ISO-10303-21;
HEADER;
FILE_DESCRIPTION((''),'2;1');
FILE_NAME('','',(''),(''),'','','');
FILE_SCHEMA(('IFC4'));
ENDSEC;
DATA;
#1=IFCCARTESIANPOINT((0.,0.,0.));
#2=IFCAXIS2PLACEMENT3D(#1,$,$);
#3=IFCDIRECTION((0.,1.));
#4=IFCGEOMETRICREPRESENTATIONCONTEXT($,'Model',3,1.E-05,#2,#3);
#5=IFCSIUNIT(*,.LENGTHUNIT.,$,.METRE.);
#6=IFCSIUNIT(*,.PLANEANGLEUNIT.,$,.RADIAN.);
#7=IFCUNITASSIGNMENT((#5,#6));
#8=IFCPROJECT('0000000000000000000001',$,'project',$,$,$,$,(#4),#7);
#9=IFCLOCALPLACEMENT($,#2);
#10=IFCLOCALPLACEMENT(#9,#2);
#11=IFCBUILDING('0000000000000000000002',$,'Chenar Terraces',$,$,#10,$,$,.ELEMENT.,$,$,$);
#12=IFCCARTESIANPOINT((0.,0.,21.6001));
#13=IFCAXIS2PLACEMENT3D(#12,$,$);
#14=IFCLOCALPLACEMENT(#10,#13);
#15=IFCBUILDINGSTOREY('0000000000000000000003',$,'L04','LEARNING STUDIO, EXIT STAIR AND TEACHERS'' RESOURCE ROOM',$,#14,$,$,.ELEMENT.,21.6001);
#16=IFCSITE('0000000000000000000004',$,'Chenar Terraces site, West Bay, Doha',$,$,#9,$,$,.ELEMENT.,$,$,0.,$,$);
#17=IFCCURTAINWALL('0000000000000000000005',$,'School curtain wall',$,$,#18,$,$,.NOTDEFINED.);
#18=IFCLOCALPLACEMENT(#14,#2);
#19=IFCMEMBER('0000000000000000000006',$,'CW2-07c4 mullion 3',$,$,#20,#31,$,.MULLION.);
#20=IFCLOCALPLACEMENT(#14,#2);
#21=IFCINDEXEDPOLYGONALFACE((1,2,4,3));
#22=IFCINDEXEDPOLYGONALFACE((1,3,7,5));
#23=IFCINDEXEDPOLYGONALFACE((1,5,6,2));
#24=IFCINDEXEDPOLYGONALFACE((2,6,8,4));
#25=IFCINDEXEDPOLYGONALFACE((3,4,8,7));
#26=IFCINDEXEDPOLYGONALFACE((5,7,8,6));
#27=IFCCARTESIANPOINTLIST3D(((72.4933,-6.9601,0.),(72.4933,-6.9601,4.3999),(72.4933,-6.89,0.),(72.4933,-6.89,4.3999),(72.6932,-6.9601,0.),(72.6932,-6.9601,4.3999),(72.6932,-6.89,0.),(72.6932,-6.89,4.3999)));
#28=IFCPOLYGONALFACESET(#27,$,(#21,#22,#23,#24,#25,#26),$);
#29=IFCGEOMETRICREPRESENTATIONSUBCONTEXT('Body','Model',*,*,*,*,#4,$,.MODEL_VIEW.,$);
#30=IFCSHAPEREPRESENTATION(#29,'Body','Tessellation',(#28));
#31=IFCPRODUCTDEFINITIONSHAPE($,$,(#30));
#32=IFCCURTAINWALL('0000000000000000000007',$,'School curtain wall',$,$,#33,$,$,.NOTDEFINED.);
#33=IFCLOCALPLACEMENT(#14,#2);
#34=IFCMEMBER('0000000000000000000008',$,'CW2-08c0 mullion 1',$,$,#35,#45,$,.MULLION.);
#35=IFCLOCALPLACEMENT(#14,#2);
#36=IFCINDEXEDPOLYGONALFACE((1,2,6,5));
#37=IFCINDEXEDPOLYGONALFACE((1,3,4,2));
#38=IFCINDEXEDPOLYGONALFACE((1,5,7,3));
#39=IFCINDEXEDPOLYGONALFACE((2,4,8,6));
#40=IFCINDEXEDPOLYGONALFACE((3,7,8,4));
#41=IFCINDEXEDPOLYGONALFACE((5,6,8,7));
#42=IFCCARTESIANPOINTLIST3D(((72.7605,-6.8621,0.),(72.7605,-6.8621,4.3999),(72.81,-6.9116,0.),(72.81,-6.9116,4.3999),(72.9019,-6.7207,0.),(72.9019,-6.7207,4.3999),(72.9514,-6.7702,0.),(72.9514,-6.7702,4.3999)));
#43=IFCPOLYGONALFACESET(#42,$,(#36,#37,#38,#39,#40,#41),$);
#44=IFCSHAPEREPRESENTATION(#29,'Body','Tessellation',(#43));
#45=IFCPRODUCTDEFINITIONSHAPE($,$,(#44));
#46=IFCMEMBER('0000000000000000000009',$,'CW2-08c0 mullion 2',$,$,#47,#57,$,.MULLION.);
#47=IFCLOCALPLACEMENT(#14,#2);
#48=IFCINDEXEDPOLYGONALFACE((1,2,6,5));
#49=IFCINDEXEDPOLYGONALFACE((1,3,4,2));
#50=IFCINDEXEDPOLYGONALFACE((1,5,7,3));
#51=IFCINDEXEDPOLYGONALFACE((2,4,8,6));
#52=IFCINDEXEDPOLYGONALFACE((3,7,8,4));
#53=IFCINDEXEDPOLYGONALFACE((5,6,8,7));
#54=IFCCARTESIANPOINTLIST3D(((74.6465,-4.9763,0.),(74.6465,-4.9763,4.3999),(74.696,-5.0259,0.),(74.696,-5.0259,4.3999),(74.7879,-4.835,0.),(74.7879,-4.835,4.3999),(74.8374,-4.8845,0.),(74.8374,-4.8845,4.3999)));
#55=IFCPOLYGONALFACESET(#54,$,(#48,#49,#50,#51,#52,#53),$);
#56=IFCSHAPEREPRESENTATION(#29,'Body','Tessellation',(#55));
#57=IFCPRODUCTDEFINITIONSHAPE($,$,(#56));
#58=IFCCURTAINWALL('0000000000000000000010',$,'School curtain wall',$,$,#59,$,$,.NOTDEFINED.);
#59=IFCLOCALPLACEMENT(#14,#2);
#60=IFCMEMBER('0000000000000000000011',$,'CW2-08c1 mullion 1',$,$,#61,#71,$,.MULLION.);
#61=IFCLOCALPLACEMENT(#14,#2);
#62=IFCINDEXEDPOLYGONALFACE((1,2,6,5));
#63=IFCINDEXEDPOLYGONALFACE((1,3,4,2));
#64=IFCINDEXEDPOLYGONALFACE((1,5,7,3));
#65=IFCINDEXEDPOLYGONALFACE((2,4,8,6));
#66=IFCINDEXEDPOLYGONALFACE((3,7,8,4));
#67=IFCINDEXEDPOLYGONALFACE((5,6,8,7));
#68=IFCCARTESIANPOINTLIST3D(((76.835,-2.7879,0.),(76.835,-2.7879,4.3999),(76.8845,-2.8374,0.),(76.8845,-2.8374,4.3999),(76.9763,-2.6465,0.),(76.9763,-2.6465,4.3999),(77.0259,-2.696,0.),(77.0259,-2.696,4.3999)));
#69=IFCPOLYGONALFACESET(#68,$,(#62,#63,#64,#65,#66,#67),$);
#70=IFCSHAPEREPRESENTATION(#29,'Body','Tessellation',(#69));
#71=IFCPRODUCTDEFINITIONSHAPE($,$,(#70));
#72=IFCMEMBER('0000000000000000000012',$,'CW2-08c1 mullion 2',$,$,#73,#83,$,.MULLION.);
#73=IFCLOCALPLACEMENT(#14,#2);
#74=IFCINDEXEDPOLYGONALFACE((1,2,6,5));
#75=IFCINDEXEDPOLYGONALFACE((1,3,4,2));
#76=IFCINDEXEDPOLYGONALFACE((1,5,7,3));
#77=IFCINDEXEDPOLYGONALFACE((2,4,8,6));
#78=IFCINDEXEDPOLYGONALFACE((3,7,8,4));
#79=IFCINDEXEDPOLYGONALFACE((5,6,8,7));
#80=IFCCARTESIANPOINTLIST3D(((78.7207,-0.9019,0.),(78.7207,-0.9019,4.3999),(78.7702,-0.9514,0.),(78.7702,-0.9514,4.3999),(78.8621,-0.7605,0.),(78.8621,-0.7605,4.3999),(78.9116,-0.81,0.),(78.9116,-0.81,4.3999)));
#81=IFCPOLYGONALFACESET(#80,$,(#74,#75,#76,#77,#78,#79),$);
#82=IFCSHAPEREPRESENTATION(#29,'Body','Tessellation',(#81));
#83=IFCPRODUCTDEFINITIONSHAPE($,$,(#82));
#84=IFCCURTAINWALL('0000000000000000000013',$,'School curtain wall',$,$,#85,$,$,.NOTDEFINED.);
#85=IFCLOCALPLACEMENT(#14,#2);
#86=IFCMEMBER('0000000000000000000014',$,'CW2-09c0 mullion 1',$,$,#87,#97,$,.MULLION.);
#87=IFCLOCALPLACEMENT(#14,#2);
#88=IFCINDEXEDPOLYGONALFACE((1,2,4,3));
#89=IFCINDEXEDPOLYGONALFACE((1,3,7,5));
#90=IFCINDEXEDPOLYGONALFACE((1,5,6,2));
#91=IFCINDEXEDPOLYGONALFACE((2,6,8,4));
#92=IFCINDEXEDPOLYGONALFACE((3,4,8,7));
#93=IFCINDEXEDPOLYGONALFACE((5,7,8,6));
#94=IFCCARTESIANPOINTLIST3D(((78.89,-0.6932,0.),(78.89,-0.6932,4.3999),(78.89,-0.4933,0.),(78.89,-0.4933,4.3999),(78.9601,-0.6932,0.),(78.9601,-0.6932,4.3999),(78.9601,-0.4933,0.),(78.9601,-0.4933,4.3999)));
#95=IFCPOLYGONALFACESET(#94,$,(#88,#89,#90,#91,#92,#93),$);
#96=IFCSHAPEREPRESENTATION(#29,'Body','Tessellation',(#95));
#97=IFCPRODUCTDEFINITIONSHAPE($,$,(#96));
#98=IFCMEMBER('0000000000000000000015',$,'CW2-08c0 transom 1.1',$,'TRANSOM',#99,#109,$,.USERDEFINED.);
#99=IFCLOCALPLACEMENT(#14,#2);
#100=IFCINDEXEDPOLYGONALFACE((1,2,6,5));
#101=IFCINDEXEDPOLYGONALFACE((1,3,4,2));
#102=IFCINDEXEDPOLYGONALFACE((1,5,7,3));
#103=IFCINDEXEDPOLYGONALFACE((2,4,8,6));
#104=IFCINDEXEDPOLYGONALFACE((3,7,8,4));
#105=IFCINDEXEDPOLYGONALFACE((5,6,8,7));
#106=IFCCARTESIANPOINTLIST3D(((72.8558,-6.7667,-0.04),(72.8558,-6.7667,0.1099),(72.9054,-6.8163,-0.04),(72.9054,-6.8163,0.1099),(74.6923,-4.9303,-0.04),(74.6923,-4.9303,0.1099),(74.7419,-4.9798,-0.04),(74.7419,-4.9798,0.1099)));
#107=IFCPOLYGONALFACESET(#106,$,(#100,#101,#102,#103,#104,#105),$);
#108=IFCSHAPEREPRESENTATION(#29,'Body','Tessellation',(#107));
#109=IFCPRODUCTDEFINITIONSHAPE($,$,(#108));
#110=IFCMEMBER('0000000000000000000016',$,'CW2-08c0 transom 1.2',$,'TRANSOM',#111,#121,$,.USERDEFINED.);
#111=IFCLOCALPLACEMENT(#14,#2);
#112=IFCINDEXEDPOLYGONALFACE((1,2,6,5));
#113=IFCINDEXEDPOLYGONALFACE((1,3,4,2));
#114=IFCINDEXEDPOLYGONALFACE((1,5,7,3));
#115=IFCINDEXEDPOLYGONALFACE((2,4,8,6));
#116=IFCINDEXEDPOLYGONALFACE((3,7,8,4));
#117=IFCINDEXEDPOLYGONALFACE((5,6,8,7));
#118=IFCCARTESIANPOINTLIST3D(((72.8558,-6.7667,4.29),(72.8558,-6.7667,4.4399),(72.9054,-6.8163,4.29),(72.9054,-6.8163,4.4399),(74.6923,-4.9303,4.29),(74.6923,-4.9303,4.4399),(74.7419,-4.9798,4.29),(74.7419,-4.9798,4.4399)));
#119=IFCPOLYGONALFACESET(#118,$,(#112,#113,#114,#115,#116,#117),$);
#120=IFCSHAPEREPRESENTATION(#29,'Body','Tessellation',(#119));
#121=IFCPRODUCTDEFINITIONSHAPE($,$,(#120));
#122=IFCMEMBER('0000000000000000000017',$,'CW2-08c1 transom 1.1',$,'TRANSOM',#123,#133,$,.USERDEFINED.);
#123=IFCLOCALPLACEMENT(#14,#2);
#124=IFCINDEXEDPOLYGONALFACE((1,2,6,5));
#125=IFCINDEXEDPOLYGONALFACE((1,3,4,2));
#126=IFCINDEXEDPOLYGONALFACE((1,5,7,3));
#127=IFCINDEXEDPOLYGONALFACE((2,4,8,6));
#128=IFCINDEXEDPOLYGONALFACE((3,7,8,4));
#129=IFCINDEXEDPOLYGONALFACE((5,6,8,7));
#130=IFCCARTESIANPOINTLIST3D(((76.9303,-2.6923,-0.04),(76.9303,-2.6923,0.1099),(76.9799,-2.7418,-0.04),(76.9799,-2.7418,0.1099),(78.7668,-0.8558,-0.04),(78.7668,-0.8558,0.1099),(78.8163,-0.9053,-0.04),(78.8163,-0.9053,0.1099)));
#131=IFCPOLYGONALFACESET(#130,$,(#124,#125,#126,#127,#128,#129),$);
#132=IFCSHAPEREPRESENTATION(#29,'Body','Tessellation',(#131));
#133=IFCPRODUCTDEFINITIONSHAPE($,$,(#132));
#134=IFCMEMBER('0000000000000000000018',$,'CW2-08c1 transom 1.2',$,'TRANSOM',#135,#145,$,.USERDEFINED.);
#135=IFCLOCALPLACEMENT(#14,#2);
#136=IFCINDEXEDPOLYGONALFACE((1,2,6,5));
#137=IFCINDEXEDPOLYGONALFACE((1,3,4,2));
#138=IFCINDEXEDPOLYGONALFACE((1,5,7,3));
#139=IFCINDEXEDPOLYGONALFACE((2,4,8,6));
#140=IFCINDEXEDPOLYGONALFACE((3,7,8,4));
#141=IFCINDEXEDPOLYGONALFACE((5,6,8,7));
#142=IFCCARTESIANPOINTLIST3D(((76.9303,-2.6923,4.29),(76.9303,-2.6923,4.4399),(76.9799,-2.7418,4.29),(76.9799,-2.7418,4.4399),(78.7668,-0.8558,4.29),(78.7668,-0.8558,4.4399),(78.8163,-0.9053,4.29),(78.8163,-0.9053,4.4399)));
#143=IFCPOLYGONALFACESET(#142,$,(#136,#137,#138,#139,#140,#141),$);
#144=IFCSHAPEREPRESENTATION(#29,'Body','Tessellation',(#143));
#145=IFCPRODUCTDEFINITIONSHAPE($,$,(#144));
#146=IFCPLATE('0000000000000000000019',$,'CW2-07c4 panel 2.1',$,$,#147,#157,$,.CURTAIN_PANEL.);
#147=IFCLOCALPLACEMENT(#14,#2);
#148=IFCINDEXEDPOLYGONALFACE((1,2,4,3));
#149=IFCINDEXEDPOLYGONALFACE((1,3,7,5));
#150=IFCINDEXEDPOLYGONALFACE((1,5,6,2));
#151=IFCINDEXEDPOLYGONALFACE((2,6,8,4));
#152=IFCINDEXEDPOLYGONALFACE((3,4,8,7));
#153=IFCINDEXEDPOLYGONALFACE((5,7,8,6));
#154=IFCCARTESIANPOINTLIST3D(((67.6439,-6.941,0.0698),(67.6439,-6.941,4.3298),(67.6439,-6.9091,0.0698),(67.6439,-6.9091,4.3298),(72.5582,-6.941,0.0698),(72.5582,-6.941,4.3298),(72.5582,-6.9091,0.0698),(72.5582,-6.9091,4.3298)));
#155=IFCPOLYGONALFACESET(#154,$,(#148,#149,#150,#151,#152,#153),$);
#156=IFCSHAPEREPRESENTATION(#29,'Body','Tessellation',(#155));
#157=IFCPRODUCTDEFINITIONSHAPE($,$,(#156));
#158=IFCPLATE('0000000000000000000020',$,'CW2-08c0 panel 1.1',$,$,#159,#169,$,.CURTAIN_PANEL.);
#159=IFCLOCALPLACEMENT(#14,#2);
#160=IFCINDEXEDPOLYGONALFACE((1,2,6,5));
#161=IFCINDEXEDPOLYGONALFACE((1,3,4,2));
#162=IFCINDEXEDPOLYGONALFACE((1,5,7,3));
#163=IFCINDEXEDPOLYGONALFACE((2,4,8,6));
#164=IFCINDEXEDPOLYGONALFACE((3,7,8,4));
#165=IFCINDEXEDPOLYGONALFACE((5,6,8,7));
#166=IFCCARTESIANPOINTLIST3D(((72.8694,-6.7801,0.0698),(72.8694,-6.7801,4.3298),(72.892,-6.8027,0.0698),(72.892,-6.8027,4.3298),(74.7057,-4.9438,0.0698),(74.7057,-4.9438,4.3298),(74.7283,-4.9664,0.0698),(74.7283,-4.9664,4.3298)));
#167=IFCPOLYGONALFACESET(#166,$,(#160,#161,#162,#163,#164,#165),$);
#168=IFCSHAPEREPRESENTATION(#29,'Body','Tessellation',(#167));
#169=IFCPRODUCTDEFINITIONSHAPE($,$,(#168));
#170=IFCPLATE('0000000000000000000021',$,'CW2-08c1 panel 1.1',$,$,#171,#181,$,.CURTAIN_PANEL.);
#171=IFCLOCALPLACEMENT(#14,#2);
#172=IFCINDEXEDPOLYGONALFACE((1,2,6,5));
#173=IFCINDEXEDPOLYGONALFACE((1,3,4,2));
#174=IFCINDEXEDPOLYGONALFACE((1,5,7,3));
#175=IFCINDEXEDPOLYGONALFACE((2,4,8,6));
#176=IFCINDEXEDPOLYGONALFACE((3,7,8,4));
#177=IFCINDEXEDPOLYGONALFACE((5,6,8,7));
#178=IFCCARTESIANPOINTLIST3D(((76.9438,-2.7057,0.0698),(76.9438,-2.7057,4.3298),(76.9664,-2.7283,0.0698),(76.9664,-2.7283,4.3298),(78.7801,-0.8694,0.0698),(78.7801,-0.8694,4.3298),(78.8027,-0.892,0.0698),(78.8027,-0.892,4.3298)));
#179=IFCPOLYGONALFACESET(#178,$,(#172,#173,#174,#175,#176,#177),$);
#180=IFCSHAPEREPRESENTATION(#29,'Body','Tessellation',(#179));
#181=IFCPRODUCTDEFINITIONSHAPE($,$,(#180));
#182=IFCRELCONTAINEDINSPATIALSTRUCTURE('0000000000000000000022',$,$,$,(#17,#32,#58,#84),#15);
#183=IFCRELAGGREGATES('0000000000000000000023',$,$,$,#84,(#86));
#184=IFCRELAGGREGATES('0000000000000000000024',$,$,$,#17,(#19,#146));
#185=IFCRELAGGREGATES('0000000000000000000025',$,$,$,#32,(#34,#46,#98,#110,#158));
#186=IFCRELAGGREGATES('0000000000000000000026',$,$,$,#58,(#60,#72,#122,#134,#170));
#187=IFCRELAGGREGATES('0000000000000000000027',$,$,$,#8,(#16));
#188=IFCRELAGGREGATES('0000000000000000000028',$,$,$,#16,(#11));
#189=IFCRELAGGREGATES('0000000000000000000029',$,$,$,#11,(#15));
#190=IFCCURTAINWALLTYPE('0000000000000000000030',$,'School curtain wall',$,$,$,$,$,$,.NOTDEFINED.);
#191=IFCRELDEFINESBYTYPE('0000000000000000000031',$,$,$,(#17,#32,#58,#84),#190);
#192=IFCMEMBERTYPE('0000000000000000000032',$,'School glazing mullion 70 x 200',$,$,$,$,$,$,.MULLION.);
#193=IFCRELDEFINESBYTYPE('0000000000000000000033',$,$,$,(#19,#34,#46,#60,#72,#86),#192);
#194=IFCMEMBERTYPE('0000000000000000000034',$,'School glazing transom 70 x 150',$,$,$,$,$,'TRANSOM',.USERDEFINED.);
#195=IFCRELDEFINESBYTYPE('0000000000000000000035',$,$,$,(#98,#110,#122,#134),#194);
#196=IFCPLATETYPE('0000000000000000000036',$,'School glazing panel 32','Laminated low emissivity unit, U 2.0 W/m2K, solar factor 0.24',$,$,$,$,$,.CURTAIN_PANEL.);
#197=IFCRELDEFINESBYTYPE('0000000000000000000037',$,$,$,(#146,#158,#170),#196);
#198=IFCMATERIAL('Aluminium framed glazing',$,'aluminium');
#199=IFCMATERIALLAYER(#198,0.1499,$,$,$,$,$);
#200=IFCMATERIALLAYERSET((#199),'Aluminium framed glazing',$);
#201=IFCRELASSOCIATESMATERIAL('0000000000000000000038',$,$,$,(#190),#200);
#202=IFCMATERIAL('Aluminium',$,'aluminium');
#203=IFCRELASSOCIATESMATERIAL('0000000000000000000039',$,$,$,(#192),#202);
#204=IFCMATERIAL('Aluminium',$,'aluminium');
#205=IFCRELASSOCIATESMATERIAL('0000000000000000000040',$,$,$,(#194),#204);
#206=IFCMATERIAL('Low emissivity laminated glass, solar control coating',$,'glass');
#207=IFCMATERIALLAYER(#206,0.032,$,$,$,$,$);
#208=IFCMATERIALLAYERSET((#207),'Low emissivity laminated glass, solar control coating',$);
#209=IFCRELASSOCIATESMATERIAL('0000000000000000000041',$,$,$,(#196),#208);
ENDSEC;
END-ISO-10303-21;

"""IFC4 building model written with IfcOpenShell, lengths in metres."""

from ifc_helpers import new_model, si_unit, direction, frame, origin, origin_2d, place, context, subcontext, project, spatial, rectangle, extrude, material, layer, layer_set, material_profile, profile_set, type_object, element, aggregate, save


model = new_model("IFC4")

# Units and contexts
model_context = context("Model", 3, precision=1e-05, world=origin(), true_north=direction((0.0, 1.0)))
body_context = subcontext(model_context, "Body", "Model", "MODEL_VIEW")
ifc_project = project(units=[si_unit("LENGTHUNIT", "METRE"), si_unit("PLANEANGLEUNIT", "RADIAN")], contexts=[model_context])

# Site, building, storey
site_placement = place(None, origin())
site = spatial("IfcSite", under=ifc_project, at=site_placement, Name="Chenar Terraces site, West Bay, Doha", CompositionType="ELEMENT", RefElevation=0.0)
building_placement = place(site_placement, origin())
building = spatial("IfcBuilding", under=site, at=building_placement, Name="Chenar Terraces", CompositionType="ELEMENT")
storey_placement = place(building_placement, frame((0.0, 0.0, 21.6001)))
storey = spatial("IfcBuildingStorey", under=building, at=storey_placement, Name="L04", Description="LEARNING STUDIO, EXIT STAIR AND TEACHERS' RESOURCE ROOM", CompositionType="ELEMENT", Elevation=21.6001)

# Curtain wall, member
ifc_material_1 = material(Name="Aluminium framed glazing", Category="aluminium")
ifc_layer_1 = layer(ifc_material_1, 0.1499)
ifc_layer_set_1 = layer_set([ifc_layer_1], Name="Aluminium framed glazing")
curtain_wall_type = type_object("IfcCurtainWallType", Name="School curtain wall", PredefinedType="NOTDEFINED", material=ifc_layer_set_1)
placement = place(storey_placement, origin())
curtain_wall_1 = element("IfcCurtainWall", 1, at=placement, inside=storey, type_object=curtain_wall_type, Name="School curtain wall", PredefinedType="NOTDEFINED")
ifc_material_2 = material(Name="Aluminium", Category="aluminium")
ifc_material_profile_1 = material_profile(ifc_material_2, rectangle(XDim=0.0701, YDim=0.2, at=origin_2d()), Name="School glazing mullion 70 x 200")
ifc_profile_set_1 = profile_set([ifc_material_profile_1], Name="Aluminium")
member_type_1 = type_object("IfcMemberType", Name="School glazing mullion 70 x 200", PredefinedType="MULLION", material=ifc_profile_set_1)
member_1_placement = place(storey_placement, frame((72.5933, -6.925, 0.0), z_axis=(0.0, 0.0, 1.0), x_axis=(0.0, 1.0, 0.0)))
member_1 = element("IfcMember", 2, at=member_1_placement, type_object=member_type_1, Name="CW2-07c4 mullion 3", PredefinedType="MULLION", context=body_context, shape_type="SweptSolid", body=[
    extrude(rectangle(XDim=0.0701, YDim=0.2, at=origin_2d()), origin(), (0.0, 0.0, 1.0), 4.3999),
])

# Curtain walls, members
curtain_wall_2 = element("IfcCurtainWall", 3, at=placement, inside=storey, type_object=curtain_wall_type, Name="School curtain wall", PredefinedType="NOTDEFINED")
member_2_placement = place(storey_placement, frame((72.856, -6.8162, 0.0), z_axis=(0.0, 0.0, 1.0), x_axis=(-0.707107, 0.707107, 0.0)))
member_2 = element("IfcMember", 4, at=member_2_placement, type_object=member_type_1, Name="CW2-08c0 mullion 1", PredefinedType="MULLION", context=body_context, shape_type="SweptSolid", body=[
    extrude(rectangle(XDim=0.0701, YDim=0.2, at=origin_2d()), origin(), (0.0, 0.0, 1.0), 4.3999),
])
member_3_placement = place(storey_placement, frame((74.7419, -4.9304, 0.0), z_axis=(0.0, 0.0, 1.0), x_axis=(-0.707107, 0.707107, 0.0)))
member_3 = element("IfcMember", 5, at=member_3_placement, type_object=member_type_1, Name="CW2-08c0 mullion 2", PredefinedType="MULLION", context=body_context, shape_type="SweptSolid", body=[
    extrude(rectangle(XDim=0.0701, YDim=0.2, at=origin_2d()), origin(), (0.0, 0.0, 1.0), 4.3999),
])
curtain_wall_3 = element("IfcCurtainWall", 6, at=placement, inside=storey, type_object=curtain_wall_type, Name="School curtain wall", PredefinedType="NOTDEFINED")
member_4_placement = place(storey_placement, frame((76.9304, -2.7419, 0.0), z_axis=(0.0, 0.0, 1.0), x_axis=(-0.707107, 0.707107, 0.0)))
member_4 = element("IfcMember", 7, at=member_4_placement, type_object=member_type_1, Name="CW2-08c1 mullion 1", PredefinedType="MULLION", context=body_context, shape_type="SweptSolid", body=[
    extrude(rectangle(XDim=0.0701, YDim=0.2, at=origin_2d()), origin(), (0.0, 0.0, 1.0), 4.3999),
])
member_5_placement = place(storey_placement, frame((78.8162, -0.856, 0.0), z_axis=(0.0, 0.0, 1.0), x_axis=(-0.707107, 0.707107, 0.0)))
member_5 = element("IfcMember", 8, at=member_5_placement, type_object=member_type_1, Name="CW2-08c1 mullion 2", PredefinedType="MULLION", context=body_context, shape_type="SweptSolid", body=[
    extrude(rectangle(XDim=0.0701, YDim=0.2, at=origin_2d()), origin(), (0.0, 0.0, 1.0), 4.3999),
])

# Curtain wall, member
curtain_wall_4 = element("IfcCurtainWall", 9, at=placement, inside=storey, type_object=curtain_wall_type, Name="School curtain wall", PredefinedType="NOTDEFINED")
member_6_placement = place(storey_placement, frame((78.925, -0.5933, 0.0), z_axis=(0.0, 0.0, 1.0), x_axis=(-1.0, 0.0, 0.0)))
member_6 = element("IfcMember", 10, at=member_6_placement, type_object=member_type_1, Name="CW2-09c0 mullion 1", PredefinedType="MULLION", context=body_context, shape_type="SweptSolid", body=[
    extrude(rectangle(XDim=0.0701, YDim=0.2, at=origin_2d()), origin(), (0.0, 0.0, 1.0), 4.3999),
])
aggregate(curtain_wall_4, [member_6])

# Members
ifc_material_3 = material(Name="Aluminium", Category="aluminium")
ifc_material_profile_2 = material_profile(ifc_material_3, rectangle(XDim=0.0701, YDim=0.1499, at=origin_2d()), Name="School glazing transom 70 x 150")
ifc_profile_set_2 = profile_set([ifc_material_profile_2], Name="Aluminium")
member_type_2 = type_object("IfcMemberType", Name="School glazing transom 70 x 150", ElementType="TRANSOM", PredefinedType="USERDEFINED", material=ifc_profile_set_2)
member_7_placement = place(storey_placement, frame((72.8806, -6.7915, 0.0349), z_axis=(0.707107, 0.707107, 0.0), x_axis=(-0.707107, 0.707107, 0.0)))
member_7 = element("IfcMember", 11, at=member_7_placement, type_object=member_type_2, Name="CW2-08c0 transom 1.1", ObjectType="TRANSOM", PredefinedType="USERDEFINED", context=body_context, shape_type="SweptSolid", body=[
    extrude(rectangle(XDim=0.0701, YDim=0.1499, at=origin_2d()), origin(), (0.0, 0.0, 1.0), 2.5972),
])
member_8_placement = place(storey_placement, frame((72.8806, -6.7915, 4.365), z_axis=(0.707107, 0.707107, 0.0), x_axis=(-0.707107, 0.707107, 0.0)))
member_8 = element("IfcMember", 12, at=member_8_placement, type_object=member_type_2, Name="CW2-08c0 transom 1.2", ObjectType="TRANSOM", PredefinedType="USERDEFINED", context=body_context, shape_type="SweptSolid", body=[
    extrude(rectangle(XDim=0.0701, YDim=0.1499, at=origin_2d()), origin(), (0.0, 0.0, 1.0), 2.5972),
])
member_9_placement = place(storey_placement, frame((76.9551, -2.717, 0.0349), z_axis=(0.707107, 0.707107, 0.0), x_axis=(-0.707107, 0.707107, 0.0)))
member_9 = element("IfcMember", 13, at=member_9_placement, type_object=member_type_2, Name="CW2-08c1 transom 1.1", ObjectType="TRANSOM", PredefinedType="USERDEFINED", context=body_context, shape_type="SweptSolid", body=[
    extrude(rectangle(XDim=0.0701, YDim=0.1499, at=origin_2d()), origin(), (0.0, 0.0, 1.0), 2.5972),
])
member_10_placement = place(storey_placement, frame((76.9551, -2.717, 4.365), z_axis=(0.707107, 0.707107, 0.0), x_axis=(-0.707107, 0.707107, 0.0)))
member_10 = element("IfcMember", 14, at=member_10_placement, type_object=member_type_2, Name="CW2-08c1 transom 1.2", ObjectType="TRANSOM", PredefinedType="USERDEFINED", context=body_context, shape_type="SweptSolid", body=[
    extrude(rectangle(XDim=0.0701, YDim=0.1499, at=origin_2d()), origin(), (0.0, 0.0, 1.0), 2.5972),
])

# Plates
ifc_material_4 = material(Name="Low emissivity laminated glass, solar control coating", Category="glass")
ifc_layer_2 = layer(ifc_material_4, 0.032)
ifc_layer_set_2 = layer_set([ifc_layer_2], Name="Low emissivity laminated glass, solar control coating")
plate_type = type_object("IfcPlateType", Name="School glazing panel 32", Description="Laminated low emissivity unit, U 2.0 W/m2K, solar factor 0.24", PredefinedType="CURTAIN_PANEL", material=ifc_layer_set_2)
plate_1_placement = place(storey_placement, frame((70.1011, -6.925, 0.0698), z_axis=(0.0, 0.0, 1.0), x_axis=(1.0, 0.0, 0.0)))
plate_1 = element("IfcPlate", 15, at=plate_1_placement, type_object=plate_type, Name="CW2-07c4 panel 2.1", PredefinedType="CURTAIN_PANEL", context=body_context, shape_type="SweptSolid", body=[
    extrude(rectangle(XDim=4.9143, YDim=0.032, at=origin_2d()), origin(), (0.0, 0.0, 1.0), 4.26),
])
aggregate(curtain_wall_1, [member_1, plate_1])
plate_2_placement = place(storey_placement, frame((73.7988, -5.8733, 0.0698), z_axis=(0.0, 0.0, 1.0), x_axis=(0.707107, 0.707107, 0.0)))
plate_2 = element("IfcPlate", 16, at=plate_2_placement, type_object=plate_type, Name="CW2-08c0 panel 1.1", PredefinedType="CURTAIN_PANEL", context=body_context, shape_type="SweptSolid", body=[
    extrude(rectangle(XDim=2.5969, YDim=0.032, at=origin_2d()), origin(), (0.0, 0.0, 1.0), 4.26),
])
aggregate(curtain_wall_2, [member_2, member_3, member_7, member_8, plate_2])
plate_3_placement = place(storey_placement, frame((77.8733, -1.7988, 0.0698), z_axis=(0.0, 0.0, 1.0), x_axis=(0.707107, 0.707107, 0.0)))
plate_3 = element("IfcPlate", 17, at=plate_3_placement, type_object=plate_type, Name="CW2-08c1 panel 1.1", PredefinedType="CURTAIN_PANEL", context=body_context, shape_type="SweptSolid", body=[
    extrude(rectangle(XDim=2.5969, YDim=0.032, at=origin_2d()), origin(), (0.0, 0.0, 1.0), 4.26),
])
aggregate(curtain_wall_3, [member_4, member_5, member_9, member_10, plate_3])

save(model, "model.ifc")
